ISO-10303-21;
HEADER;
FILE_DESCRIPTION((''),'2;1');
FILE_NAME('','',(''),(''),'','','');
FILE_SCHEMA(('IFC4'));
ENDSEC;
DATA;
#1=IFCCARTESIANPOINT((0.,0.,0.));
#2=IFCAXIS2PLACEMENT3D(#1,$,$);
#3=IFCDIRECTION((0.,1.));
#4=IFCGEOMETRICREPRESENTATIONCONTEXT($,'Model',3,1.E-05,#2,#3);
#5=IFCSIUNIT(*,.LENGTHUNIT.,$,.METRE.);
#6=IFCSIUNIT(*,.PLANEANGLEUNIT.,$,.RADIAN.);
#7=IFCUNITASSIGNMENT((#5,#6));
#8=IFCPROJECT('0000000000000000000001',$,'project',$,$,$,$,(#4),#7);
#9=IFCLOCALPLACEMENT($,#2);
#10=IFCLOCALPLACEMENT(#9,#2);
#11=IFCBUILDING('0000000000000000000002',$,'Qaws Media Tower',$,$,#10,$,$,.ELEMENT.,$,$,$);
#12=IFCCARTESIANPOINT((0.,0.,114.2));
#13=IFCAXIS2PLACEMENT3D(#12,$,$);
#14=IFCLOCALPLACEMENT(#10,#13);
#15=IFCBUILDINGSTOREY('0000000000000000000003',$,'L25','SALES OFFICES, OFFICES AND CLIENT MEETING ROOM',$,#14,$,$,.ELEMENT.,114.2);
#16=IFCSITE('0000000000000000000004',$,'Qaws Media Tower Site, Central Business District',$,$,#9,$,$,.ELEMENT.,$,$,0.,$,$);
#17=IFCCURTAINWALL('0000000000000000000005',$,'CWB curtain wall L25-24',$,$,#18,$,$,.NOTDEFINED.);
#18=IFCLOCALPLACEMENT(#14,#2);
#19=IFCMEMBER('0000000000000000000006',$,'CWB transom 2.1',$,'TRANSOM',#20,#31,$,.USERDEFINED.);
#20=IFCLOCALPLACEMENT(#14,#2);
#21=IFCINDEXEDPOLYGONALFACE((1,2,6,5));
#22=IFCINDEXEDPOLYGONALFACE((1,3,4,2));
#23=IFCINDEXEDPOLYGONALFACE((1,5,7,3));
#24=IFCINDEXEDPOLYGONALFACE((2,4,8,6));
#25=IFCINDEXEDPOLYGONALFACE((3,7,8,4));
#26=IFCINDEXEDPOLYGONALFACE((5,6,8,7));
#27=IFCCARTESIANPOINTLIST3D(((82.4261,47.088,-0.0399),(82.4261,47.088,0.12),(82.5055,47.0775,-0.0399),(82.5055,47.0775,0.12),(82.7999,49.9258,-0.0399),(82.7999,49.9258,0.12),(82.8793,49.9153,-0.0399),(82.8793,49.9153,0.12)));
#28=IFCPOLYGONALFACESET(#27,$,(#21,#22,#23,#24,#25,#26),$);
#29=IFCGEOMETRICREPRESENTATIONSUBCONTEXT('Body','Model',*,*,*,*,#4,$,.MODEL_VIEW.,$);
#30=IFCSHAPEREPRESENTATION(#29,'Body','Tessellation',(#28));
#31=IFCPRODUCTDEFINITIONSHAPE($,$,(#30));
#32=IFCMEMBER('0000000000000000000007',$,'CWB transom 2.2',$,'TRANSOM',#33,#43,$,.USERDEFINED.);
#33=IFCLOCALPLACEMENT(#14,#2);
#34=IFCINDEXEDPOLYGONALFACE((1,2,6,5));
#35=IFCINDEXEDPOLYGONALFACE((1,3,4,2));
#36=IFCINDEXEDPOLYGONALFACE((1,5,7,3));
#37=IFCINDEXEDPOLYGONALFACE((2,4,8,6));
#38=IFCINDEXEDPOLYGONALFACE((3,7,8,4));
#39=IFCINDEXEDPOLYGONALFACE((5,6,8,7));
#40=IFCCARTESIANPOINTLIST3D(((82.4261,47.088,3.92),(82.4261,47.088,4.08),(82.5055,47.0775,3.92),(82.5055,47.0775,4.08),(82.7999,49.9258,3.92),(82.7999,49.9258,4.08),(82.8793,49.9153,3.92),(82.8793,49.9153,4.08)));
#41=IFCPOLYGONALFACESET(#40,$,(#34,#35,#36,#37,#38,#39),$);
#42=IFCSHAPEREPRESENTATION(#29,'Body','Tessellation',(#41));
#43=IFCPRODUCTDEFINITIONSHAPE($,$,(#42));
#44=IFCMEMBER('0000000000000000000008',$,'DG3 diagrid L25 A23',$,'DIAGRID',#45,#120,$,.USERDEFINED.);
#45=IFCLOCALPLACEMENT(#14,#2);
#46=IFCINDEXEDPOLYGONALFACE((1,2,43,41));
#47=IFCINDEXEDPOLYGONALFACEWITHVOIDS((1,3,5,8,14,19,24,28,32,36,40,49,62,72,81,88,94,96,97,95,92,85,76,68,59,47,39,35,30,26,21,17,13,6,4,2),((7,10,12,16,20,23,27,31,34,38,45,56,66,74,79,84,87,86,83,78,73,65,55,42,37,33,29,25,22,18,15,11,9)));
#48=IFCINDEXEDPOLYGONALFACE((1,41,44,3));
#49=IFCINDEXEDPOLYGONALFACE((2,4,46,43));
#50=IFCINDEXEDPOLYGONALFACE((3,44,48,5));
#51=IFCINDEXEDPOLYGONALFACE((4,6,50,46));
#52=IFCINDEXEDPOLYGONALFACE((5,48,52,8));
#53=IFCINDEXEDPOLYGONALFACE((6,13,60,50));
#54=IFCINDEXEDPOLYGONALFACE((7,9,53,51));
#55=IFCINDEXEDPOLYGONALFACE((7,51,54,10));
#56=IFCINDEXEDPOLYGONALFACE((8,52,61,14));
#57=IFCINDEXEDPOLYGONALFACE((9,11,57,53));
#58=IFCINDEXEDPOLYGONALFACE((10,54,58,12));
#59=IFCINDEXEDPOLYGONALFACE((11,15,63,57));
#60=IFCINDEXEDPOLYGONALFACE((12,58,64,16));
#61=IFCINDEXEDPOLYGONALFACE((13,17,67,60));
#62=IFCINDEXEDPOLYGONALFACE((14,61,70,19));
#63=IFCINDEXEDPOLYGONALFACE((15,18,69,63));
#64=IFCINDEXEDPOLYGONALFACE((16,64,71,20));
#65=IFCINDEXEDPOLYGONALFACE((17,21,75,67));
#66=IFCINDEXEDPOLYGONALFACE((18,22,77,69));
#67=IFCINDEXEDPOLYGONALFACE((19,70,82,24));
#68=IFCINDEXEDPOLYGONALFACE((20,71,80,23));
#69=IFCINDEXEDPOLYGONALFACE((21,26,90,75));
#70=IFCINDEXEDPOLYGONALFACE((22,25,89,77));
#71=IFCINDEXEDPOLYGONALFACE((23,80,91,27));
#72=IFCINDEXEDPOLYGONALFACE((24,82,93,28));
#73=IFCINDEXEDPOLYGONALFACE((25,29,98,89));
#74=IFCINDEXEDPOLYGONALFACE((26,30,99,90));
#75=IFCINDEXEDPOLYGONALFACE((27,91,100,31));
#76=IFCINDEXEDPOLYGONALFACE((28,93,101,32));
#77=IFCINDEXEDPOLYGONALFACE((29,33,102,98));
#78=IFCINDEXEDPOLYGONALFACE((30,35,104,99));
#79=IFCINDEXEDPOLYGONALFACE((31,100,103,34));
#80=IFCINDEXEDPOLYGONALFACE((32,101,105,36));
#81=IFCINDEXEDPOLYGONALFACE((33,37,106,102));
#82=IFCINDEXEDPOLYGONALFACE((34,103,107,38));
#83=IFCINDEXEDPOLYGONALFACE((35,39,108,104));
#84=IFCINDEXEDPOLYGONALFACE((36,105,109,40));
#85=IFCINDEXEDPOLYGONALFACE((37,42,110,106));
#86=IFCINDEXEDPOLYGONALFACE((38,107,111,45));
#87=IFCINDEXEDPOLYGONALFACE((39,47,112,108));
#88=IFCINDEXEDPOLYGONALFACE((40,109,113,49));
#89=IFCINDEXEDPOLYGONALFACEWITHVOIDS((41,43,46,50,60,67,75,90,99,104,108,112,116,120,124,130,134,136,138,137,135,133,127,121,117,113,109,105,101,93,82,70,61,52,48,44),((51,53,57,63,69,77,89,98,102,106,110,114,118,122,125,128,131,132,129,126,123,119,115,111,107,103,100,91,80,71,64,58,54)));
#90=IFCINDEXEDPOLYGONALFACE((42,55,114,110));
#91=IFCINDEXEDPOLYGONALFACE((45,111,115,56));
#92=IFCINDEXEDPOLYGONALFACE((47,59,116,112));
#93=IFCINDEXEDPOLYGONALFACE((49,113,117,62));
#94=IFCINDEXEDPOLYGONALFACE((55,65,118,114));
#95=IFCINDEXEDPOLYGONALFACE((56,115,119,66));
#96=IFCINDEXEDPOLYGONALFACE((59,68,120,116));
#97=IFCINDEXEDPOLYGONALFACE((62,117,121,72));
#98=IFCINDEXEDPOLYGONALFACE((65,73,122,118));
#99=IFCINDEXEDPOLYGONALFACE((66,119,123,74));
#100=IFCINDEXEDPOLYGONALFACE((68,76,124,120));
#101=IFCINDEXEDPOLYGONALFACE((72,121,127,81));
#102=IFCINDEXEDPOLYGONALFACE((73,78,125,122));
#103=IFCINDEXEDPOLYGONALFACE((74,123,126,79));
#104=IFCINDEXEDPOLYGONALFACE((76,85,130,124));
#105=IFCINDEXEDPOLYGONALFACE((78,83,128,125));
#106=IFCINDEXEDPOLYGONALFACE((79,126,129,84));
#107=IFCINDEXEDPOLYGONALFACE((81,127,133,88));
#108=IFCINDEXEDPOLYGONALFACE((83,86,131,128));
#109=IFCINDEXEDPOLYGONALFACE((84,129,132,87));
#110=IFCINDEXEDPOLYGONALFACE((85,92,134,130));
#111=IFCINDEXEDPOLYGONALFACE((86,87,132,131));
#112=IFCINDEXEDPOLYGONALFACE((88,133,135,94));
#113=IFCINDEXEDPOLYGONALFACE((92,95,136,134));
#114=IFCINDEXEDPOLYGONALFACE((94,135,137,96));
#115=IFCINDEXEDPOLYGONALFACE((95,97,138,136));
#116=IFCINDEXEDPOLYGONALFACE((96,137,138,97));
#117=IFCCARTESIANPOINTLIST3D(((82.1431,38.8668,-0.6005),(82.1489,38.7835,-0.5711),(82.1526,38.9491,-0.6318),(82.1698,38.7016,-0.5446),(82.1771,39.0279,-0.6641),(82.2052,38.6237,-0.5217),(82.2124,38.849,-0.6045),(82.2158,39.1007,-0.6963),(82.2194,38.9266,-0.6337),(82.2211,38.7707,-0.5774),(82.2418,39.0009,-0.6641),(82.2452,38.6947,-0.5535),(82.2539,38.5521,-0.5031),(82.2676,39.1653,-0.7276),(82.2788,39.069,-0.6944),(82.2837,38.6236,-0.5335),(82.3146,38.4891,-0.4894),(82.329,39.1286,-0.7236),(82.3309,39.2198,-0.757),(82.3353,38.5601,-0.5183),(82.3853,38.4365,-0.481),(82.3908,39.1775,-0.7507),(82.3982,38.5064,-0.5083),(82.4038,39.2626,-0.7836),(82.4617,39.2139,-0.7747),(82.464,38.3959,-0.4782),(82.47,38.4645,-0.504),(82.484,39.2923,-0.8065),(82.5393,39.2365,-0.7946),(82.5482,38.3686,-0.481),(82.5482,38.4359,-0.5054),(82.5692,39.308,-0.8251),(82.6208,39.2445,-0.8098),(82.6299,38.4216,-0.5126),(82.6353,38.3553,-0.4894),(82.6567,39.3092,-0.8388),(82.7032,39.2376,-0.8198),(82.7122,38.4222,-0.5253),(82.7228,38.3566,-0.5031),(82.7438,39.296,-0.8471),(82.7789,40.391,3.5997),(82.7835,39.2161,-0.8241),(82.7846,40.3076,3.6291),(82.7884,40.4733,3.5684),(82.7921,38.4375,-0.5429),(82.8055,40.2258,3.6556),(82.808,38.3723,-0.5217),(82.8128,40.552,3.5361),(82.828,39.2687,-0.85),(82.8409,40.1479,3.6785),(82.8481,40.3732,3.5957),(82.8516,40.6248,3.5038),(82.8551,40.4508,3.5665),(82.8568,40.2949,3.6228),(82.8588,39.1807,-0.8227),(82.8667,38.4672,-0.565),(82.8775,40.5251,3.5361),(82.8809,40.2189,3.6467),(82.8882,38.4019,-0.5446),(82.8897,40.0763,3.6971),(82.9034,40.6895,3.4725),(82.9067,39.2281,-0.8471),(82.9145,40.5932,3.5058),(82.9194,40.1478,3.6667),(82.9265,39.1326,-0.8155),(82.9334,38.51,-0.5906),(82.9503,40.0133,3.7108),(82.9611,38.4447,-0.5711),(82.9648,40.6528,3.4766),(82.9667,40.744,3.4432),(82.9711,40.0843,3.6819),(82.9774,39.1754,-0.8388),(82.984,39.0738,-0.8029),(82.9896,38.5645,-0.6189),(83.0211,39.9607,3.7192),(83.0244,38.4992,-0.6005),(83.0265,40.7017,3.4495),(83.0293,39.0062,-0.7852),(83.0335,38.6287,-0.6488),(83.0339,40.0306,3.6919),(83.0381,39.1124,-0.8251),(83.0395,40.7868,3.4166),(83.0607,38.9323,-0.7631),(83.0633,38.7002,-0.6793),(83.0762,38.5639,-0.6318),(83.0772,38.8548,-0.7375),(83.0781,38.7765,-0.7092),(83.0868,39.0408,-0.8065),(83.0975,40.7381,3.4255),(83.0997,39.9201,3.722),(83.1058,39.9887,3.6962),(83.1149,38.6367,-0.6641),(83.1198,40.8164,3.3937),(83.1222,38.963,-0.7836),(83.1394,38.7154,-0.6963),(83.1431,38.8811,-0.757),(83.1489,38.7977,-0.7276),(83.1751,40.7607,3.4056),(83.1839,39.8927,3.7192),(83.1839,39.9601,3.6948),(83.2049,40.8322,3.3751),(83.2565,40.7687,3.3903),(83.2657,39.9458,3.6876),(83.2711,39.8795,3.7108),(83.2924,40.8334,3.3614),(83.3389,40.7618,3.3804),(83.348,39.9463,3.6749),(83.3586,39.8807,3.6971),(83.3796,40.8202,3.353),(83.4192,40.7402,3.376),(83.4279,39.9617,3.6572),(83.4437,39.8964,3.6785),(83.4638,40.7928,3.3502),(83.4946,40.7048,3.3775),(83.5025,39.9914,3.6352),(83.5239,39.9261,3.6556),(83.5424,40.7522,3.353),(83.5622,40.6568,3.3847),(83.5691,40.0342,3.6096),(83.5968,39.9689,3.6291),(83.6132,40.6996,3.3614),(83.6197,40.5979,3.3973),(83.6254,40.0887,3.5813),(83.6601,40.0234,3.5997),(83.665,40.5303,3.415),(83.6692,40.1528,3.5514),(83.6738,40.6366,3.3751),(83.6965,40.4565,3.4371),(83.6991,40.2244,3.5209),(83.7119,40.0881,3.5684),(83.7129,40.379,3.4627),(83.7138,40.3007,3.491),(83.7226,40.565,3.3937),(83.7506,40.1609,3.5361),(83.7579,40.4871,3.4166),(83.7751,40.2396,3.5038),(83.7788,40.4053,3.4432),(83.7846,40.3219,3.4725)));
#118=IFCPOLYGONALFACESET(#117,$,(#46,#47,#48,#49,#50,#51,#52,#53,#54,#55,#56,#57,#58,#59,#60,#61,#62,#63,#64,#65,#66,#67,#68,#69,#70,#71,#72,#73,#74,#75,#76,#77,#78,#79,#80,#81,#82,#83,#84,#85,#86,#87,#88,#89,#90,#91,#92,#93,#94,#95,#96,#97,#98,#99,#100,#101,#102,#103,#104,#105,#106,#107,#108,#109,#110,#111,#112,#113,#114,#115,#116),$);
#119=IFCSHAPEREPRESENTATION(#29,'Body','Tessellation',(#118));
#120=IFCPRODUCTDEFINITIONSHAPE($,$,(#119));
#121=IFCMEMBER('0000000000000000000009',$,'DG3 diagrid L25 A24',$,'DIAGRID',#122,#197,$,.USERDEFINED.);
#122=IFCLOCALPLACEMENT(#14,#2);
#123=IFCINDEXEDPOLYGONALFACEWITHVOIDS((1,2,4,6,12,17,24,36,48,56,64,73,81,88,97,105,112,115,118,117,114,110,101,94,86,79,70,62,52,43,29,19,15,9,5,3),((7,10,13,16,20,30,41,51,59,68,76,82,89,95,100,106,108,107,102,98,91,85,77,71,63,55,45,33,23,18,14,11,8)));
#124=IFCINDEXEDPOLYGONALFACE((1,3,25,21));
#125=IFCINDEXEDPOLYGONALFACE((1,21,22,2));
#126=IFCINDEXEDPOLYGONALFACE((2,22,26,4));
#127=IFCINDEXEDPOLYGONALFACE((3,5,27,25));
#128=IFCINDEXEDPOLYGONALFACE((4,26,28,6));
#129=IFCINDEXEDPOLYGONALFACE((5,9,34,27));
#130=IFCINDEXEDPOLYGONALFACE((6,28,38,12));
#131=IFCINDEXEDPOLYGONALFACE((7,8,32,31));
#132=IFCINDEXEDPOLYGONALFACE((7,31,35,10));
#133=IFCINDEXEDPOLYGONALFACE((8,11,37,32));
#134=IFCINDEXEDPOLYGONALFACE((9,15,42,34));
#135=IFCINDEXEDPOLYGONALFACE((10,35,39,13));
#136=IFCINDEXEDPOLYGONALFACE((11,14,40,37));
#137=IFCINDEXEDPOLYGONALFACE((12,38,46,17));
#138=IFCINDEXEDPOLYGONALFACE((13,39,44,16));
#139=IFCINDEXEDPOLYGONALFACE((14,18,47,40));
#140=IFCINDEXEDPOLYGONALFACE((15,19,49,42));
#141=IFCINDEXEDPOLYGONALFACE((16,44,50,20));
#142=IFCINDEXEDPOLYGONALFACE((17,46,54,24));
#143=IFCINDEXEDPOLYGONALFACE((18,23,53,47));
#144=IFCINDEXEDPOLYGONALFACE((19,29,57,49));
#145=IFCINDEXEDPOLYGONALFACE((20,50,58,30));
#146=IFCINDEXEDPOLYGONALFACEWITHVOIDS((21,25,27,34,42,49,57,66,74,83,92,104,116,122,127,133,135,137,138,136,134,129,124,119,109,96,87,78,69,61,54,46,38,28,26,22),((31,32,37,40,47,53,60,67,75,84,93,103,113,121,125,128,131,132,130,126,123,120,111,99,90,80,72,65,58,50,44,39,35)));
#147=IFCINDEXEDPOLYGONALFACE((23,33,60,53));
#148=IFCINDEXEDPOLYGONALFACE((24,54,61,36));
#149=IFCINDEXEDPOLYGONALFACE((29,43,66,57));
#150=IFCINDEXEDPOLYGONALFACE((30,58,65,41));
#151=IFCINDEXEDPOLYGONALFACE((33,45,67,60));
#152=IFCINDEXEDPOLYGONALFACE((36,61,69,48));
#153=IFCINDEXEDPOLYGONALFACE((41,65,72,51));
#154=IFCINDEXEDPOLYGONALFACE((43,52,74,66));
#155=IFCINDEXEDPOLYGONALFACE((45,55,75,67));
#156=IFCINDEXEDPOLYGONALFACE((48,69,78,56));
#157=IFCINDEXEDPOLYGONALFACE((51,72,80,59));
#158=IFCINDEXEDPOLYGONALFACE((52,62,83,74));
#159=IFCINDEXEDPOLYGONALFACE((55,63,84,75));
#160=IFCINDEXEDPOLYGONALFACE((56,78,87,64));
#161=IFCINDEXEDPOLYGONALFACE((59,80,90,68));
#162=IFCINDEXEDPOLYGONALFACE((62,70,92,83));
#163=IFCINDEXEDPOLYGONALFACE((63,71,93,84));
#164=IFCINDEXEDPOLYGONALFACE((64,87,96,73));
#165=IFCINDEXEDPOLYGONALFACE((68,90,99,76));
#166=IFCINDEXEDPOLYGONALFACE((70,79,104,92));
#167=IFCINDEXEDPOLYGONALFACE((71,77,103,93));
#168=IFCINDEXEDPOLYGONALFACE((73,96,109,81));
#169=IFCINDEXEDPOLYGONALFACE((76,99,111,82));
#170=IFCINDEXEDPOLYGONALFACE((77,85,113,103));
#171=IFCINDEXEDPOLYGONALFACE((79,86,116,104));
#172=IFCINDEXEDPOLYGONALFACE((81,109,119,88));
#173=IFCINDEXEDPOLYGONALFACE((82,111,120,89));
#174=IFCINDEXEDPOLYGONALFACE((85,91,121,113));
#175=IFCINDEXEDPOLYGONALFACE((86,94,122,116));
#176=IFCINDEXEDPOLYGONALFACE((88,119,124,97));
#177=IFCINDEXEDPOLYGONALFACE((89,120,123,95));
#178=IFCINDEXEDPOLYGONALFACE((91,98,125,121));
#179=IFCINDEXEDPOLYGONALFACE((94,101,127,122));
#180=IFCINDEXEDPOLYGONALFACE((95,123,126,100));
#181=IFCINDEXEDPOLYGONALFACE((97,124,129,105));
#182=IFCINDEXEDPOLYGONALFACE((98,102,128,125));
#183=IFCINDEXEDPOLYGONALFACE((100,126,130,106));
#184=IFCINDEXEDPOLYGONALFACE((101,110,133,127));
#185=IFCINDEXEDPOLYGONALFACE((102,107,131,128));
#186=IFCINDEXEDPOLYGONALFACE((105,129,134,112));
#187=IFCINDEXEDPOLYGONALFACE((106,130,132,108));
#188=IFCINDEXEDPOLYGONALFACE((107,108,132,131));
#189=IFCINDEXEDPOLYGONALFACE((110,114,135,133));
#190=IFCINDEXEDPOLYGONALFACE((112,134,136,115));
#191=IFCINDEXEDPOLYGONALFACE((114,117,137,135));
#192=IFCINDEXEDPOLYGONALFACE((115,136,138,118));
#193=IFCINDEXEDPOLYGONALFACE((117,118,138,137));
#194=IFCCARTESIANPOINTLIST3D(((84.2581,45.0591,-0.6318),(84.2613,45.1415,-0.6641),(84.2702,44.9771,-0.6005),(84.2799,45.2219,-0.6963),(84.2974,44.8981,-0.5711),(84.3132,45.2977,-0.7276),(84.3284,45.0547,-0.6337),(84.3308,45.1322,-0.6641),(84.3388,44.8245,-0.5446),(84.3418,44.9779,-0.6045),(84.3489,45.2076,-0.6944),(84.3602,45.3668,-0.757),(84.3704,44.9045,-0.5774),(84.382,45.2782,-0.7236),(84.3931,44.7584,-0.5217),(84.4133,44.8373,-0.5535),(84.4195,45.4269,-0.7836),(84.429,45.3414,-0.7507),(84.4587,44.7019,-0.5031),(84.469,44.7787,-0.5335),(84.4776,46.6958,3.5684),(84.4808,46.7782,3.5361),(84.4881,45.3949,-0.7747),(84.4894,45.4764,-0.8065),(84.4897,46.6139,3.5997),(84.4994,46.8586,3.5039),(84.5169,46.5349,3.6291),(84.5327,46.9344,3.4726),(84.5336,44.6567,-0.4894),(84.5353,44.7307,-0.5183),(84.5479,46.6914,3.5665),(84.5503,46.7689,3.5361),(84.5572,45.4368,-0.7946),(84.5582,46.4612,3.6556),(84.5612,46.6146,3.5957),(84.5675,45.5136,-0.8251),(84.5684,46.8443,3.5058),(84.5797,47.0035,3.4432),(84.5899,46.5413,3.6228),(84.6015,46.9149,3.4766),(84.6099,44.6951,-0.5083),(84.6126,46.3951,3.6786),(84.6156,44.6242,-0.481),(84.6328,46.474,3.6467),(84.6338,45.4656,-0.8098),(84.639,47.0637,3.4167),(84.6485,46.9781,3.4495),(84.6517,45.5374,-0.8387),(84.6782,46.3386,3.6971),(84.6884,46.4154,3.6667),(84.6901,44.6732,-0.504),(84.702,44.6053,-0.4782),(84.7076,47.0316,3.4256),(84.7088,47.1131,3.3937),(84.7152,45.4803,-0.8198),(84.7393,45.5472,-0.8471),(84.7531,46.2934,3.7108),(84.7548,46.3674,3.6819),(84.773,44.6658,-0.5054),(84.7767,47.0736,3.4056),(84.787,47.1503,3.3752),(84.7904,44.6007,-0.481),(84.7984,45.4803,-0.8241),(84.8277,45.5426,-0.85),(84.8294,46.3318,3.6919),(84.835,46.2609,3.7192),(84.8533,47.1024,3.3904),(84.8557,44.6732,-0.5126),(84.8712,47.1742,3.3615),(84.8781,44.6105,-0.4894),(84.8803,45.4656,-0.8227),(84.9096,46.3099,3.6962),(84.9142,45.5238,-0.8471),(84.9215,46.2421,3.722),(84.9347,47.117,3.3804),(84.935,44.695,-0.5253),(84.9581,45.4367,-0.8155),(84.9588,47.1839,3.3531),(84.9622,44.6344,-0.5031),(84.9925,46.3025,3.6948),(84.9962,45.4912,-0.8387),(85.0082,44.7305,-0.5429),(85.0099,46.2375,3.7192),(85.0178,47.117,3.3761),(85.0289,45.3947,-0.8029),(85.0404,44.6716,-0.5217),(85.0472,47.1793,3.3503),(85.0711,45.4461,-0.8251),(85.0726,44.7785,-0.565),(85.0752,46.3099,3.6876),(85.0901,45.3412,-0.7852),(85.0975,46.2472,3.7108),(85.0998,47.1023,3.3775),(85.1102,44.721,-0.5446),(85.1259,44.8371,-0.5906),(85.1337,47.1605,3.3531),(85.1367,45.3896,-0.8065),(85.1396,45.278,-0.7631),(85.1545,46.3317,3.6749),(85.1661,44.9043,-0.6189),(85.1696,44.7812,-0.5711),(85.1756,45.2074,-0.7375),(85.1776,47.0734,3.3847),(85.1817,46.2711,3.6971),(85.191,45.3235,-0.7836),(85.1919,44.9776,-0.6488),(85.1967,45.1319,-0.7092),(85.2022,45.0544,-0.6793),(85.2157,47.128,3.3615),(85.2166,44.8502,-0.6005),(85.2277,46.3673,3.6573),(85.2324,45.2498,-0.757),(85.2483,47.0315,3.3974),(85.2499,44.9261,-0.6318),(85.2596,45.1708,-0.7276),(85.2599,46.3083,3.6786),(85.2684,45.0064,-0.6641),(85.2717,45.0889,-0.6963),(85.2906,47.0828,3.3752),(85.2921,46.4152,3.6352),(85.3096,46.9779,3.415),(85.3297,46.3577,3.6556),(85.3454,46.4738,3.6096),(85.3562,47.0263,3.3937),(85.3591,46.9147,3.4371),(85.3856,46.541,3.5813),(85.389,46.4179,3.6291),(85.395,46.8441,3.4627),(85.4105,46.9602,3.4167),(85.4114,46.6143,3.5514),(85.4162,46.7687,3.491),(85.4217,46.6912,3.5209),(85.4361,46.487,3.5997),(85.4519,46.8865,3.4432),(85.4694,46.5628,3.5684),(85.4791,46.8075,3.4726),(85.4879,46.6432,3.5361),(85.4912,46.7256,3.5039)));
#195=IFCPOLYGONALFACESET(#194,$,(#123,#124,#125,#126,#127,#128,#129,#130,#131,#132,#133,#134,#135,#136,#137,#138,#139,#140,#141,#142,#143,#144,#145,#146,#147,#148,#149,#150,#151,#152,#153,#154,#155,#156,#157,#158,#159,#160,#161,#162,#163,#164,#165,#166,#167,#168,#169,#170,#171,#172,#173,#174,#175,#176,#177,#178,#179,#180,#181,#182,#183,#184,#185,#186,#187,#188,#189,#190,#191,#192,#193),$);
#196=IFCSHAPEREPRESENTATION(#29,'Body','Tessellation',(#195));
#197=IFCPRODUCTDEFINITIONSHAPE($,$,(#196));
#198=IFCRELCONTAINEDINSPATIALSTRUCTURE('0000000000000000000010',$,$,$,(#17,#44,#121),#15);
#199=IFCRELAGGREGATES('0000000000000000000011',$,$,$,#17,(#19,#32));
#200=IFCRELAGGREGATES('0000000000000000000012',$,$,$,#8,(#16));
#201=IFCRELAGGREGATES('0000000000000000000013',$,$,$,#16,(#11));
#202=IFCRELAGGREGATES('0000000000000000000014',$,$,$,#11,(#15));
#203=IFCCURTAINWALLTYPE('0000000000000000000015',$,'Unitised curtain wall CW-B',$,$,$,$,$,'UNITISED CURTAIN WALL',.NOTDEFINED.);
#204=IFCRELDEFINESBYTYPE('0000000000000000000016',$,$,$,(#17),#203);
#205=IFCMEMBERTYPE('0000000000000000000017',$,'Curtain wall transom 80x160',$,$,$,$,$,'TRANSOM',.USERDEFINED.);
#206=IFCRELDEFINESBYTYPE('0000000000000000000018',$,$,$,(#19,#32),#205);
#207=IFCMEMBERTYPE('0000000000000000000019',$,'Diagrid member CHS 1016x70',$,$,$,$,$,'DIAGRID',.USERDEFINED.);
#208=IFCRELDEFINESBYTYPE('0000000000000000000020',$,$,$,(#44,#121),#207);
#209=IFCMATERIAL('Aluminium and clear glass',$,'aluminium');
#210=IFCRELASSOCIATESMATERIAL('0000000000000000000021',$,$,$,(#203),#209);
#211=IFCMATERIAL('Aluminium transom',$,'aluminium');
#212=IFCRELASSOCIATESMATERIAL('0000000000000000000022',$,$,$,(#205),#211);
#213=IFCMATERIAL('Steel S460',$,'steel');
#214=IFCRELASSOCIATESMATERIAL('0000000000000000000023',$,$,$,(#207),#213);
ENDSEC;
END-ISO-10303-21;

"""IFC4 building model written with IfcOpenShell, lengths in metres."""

from ifc_helpers import new_model, si_unit, direction, frame, origin, origin_2d, place, context, subcontext, project, spatial, rectangle, hollow_circle, extrude, material, material_profile, profile_set, type_object, element, aggregate, save


model = new_model("IFC4")

# Units and contexts
model_context = context("Model", 3, precision=1e-05, world=origin(), true_north=direction((0.0, 1.0)))
body_context = subcontext(model_context, "Body", "Model", "MODEL_VIEW")
ifc_project = project(units=[si_unit("LENGTHUNIT", "METRE"), si_unit("PLANEANGLEUNIT", "RADIAN")], contexts=[model_context])

# Site, building, storey
site_placement = place(None, origin())
site = spatial("IfcSite", under=ifc_project, at=site_placement, Name="Qaws Media Tower Site, Central Business District", CompositionType="ELEMENT", RefElevation=0.0)
building_placement = place(site_placement, origin())
building = spatial("IfcBuilding", under=site, at=building_placement, Name="Qaws Media Tower", CompositionType="ELEMENT")
storey_placement = place(building_placement, frame((0.0, 0.0, 114.2)))
storey = spatial("IfcBuildingStorey", under=building, at=storey_placement, Name="L25", Description="SALES OFFICES, OFFICES AND CLIENT MEETING ROOM", CompositionType="ELEMENT", Elevation=114.2)

# Curtain wall
ifc_material_1 = material(Name="Aluminium and clear glass", Category="aluminium")
curtain_wall_type = type_object("IfcCurtainWallType", Name="Unitised curtain wall CW-B", ElementType="UNITISED CURTAIN WALL", PredefinedType="NOTDEFINED", material=ifc_material_1)
curtain_wall_1_placement = place(storey_placement, origin())
curtain_wall_1 = element("IfcCurtainWall", 1, at=curtain_wall_1_placement, inside=storey, type_object=curtain_wall_type, Name="CWB curtain wall L25-24", PredefinedType="NOTDEFINED")

# Members
ifc_material_2 = material(Name="Aluminium transom", Category="aluminium")
ifc_material_profile_1 = material_profile(ifc_material_2, rectangle(XDim=0.0801, YDim=0.1599, at=origin_2d()), Name="80x160")
ifc_profile_set_1 = profile_set([ifc_material_profile_1], Name="Aluminium transom")
member_type_1 = type_object("IfcMemberType", Name="Curtain wall transom 80x160", ElementType="TRANSOM", PredefinedType="USERDEFINED", material=ifc_profile_set_1)
member_1_placement = place(storey_placement, frame((82.4658, 47.0828, 0.04), z_axis=(0.130582, 0.991437, 0.0), x_axis=(-0.991437, 0.130582, 0.0)))
member_1 = element("IfcMember", 2, at=member_1_placement, type_object=member_type_1, Name="CWB transom 2.1", ObjectType="TRANSOM", PredefinedType="USERDEFINED", context=body_context, shape_type="SweptSolid", body=[
    extrude(rectangle(XDim=0.0801, YDim=0.1599, at=origin_2d()), origin(), (0.0, 0.0, 1.0), 2.8623),
])
member_2_placement = place(storey_placement, frame((82.4658, 47.0828, 4.0), z_axis=(0.130582, 0.991437, 0.0), x_axis=(-0.991437, 0.130582, 0.0)))
member_2 = element("IfcMember", 3, at=member_2_placement, type_object=member_type_1, Name="CWB transom 2.2", ObjectType="TRANSOM", PredefinedType="USERDEFINED", context=body_context, shape_type="SweptSolid", body=[
    extrude(rectangle(XDim=0.0801, YDim=0.1599, at=origin_2d()), origin(), (0.0, 0.0, 1.0), 2.8623),
])

# Members
ifc_material_3 = material(Name="Steel S460", Category="steel")
ifc_material_profile_2 = material_profile(ifc_material_3, hollow_circle(Radius=0.5081, WallThickness=0.0701, at=origin_2d()), Name="CHS 1016x70")
ifc_profile_set_2 = profile_set([ifc_material_profile_2], Name="Steel S460")
member_type_2 = type_object("IfcMemberType", Name="Diagrid member CHS 1016x70", ElementType="DIAGRID", PredefinedType="USERDEFINED", material=ifc_profile_set_2)
for number, where, z_axis, x_axis, name in (
    (4, (82.646, 38.8323, -0.6641), (0.140863, 0.337714, 0.930648), (-0.922933, 0.384962, 0.0), "DG3 diagrid L25 A23"),
    (5, (84.7649, 45.074, -0.6641), (0.048632, 0.362654, 0.930654), (-0.991128, 0.132909, 0.0), "DG3 diagrid L25 A24"),
):
    element("IfcMember", number, at=place(storey_placement, frame(where, z_axis=z_axis, x_axis=x_axis)), inside=storey, type_object=member_type_2, Name=name, ObjectType="DIAGRID", PredefinedType="USERDEFINED", context=body_context, shape_type="SweptSolid", body=[
        extrude(hollow_circle(Radius=0.5081, WallThickness=0.0701, at=origin_2d()), origin(), (0.0, 0.0, 1.0), 4.5132),
    ])

aggregate(curtain_wall_1, [member_1, member_2])

save(model, "model.ifc")
